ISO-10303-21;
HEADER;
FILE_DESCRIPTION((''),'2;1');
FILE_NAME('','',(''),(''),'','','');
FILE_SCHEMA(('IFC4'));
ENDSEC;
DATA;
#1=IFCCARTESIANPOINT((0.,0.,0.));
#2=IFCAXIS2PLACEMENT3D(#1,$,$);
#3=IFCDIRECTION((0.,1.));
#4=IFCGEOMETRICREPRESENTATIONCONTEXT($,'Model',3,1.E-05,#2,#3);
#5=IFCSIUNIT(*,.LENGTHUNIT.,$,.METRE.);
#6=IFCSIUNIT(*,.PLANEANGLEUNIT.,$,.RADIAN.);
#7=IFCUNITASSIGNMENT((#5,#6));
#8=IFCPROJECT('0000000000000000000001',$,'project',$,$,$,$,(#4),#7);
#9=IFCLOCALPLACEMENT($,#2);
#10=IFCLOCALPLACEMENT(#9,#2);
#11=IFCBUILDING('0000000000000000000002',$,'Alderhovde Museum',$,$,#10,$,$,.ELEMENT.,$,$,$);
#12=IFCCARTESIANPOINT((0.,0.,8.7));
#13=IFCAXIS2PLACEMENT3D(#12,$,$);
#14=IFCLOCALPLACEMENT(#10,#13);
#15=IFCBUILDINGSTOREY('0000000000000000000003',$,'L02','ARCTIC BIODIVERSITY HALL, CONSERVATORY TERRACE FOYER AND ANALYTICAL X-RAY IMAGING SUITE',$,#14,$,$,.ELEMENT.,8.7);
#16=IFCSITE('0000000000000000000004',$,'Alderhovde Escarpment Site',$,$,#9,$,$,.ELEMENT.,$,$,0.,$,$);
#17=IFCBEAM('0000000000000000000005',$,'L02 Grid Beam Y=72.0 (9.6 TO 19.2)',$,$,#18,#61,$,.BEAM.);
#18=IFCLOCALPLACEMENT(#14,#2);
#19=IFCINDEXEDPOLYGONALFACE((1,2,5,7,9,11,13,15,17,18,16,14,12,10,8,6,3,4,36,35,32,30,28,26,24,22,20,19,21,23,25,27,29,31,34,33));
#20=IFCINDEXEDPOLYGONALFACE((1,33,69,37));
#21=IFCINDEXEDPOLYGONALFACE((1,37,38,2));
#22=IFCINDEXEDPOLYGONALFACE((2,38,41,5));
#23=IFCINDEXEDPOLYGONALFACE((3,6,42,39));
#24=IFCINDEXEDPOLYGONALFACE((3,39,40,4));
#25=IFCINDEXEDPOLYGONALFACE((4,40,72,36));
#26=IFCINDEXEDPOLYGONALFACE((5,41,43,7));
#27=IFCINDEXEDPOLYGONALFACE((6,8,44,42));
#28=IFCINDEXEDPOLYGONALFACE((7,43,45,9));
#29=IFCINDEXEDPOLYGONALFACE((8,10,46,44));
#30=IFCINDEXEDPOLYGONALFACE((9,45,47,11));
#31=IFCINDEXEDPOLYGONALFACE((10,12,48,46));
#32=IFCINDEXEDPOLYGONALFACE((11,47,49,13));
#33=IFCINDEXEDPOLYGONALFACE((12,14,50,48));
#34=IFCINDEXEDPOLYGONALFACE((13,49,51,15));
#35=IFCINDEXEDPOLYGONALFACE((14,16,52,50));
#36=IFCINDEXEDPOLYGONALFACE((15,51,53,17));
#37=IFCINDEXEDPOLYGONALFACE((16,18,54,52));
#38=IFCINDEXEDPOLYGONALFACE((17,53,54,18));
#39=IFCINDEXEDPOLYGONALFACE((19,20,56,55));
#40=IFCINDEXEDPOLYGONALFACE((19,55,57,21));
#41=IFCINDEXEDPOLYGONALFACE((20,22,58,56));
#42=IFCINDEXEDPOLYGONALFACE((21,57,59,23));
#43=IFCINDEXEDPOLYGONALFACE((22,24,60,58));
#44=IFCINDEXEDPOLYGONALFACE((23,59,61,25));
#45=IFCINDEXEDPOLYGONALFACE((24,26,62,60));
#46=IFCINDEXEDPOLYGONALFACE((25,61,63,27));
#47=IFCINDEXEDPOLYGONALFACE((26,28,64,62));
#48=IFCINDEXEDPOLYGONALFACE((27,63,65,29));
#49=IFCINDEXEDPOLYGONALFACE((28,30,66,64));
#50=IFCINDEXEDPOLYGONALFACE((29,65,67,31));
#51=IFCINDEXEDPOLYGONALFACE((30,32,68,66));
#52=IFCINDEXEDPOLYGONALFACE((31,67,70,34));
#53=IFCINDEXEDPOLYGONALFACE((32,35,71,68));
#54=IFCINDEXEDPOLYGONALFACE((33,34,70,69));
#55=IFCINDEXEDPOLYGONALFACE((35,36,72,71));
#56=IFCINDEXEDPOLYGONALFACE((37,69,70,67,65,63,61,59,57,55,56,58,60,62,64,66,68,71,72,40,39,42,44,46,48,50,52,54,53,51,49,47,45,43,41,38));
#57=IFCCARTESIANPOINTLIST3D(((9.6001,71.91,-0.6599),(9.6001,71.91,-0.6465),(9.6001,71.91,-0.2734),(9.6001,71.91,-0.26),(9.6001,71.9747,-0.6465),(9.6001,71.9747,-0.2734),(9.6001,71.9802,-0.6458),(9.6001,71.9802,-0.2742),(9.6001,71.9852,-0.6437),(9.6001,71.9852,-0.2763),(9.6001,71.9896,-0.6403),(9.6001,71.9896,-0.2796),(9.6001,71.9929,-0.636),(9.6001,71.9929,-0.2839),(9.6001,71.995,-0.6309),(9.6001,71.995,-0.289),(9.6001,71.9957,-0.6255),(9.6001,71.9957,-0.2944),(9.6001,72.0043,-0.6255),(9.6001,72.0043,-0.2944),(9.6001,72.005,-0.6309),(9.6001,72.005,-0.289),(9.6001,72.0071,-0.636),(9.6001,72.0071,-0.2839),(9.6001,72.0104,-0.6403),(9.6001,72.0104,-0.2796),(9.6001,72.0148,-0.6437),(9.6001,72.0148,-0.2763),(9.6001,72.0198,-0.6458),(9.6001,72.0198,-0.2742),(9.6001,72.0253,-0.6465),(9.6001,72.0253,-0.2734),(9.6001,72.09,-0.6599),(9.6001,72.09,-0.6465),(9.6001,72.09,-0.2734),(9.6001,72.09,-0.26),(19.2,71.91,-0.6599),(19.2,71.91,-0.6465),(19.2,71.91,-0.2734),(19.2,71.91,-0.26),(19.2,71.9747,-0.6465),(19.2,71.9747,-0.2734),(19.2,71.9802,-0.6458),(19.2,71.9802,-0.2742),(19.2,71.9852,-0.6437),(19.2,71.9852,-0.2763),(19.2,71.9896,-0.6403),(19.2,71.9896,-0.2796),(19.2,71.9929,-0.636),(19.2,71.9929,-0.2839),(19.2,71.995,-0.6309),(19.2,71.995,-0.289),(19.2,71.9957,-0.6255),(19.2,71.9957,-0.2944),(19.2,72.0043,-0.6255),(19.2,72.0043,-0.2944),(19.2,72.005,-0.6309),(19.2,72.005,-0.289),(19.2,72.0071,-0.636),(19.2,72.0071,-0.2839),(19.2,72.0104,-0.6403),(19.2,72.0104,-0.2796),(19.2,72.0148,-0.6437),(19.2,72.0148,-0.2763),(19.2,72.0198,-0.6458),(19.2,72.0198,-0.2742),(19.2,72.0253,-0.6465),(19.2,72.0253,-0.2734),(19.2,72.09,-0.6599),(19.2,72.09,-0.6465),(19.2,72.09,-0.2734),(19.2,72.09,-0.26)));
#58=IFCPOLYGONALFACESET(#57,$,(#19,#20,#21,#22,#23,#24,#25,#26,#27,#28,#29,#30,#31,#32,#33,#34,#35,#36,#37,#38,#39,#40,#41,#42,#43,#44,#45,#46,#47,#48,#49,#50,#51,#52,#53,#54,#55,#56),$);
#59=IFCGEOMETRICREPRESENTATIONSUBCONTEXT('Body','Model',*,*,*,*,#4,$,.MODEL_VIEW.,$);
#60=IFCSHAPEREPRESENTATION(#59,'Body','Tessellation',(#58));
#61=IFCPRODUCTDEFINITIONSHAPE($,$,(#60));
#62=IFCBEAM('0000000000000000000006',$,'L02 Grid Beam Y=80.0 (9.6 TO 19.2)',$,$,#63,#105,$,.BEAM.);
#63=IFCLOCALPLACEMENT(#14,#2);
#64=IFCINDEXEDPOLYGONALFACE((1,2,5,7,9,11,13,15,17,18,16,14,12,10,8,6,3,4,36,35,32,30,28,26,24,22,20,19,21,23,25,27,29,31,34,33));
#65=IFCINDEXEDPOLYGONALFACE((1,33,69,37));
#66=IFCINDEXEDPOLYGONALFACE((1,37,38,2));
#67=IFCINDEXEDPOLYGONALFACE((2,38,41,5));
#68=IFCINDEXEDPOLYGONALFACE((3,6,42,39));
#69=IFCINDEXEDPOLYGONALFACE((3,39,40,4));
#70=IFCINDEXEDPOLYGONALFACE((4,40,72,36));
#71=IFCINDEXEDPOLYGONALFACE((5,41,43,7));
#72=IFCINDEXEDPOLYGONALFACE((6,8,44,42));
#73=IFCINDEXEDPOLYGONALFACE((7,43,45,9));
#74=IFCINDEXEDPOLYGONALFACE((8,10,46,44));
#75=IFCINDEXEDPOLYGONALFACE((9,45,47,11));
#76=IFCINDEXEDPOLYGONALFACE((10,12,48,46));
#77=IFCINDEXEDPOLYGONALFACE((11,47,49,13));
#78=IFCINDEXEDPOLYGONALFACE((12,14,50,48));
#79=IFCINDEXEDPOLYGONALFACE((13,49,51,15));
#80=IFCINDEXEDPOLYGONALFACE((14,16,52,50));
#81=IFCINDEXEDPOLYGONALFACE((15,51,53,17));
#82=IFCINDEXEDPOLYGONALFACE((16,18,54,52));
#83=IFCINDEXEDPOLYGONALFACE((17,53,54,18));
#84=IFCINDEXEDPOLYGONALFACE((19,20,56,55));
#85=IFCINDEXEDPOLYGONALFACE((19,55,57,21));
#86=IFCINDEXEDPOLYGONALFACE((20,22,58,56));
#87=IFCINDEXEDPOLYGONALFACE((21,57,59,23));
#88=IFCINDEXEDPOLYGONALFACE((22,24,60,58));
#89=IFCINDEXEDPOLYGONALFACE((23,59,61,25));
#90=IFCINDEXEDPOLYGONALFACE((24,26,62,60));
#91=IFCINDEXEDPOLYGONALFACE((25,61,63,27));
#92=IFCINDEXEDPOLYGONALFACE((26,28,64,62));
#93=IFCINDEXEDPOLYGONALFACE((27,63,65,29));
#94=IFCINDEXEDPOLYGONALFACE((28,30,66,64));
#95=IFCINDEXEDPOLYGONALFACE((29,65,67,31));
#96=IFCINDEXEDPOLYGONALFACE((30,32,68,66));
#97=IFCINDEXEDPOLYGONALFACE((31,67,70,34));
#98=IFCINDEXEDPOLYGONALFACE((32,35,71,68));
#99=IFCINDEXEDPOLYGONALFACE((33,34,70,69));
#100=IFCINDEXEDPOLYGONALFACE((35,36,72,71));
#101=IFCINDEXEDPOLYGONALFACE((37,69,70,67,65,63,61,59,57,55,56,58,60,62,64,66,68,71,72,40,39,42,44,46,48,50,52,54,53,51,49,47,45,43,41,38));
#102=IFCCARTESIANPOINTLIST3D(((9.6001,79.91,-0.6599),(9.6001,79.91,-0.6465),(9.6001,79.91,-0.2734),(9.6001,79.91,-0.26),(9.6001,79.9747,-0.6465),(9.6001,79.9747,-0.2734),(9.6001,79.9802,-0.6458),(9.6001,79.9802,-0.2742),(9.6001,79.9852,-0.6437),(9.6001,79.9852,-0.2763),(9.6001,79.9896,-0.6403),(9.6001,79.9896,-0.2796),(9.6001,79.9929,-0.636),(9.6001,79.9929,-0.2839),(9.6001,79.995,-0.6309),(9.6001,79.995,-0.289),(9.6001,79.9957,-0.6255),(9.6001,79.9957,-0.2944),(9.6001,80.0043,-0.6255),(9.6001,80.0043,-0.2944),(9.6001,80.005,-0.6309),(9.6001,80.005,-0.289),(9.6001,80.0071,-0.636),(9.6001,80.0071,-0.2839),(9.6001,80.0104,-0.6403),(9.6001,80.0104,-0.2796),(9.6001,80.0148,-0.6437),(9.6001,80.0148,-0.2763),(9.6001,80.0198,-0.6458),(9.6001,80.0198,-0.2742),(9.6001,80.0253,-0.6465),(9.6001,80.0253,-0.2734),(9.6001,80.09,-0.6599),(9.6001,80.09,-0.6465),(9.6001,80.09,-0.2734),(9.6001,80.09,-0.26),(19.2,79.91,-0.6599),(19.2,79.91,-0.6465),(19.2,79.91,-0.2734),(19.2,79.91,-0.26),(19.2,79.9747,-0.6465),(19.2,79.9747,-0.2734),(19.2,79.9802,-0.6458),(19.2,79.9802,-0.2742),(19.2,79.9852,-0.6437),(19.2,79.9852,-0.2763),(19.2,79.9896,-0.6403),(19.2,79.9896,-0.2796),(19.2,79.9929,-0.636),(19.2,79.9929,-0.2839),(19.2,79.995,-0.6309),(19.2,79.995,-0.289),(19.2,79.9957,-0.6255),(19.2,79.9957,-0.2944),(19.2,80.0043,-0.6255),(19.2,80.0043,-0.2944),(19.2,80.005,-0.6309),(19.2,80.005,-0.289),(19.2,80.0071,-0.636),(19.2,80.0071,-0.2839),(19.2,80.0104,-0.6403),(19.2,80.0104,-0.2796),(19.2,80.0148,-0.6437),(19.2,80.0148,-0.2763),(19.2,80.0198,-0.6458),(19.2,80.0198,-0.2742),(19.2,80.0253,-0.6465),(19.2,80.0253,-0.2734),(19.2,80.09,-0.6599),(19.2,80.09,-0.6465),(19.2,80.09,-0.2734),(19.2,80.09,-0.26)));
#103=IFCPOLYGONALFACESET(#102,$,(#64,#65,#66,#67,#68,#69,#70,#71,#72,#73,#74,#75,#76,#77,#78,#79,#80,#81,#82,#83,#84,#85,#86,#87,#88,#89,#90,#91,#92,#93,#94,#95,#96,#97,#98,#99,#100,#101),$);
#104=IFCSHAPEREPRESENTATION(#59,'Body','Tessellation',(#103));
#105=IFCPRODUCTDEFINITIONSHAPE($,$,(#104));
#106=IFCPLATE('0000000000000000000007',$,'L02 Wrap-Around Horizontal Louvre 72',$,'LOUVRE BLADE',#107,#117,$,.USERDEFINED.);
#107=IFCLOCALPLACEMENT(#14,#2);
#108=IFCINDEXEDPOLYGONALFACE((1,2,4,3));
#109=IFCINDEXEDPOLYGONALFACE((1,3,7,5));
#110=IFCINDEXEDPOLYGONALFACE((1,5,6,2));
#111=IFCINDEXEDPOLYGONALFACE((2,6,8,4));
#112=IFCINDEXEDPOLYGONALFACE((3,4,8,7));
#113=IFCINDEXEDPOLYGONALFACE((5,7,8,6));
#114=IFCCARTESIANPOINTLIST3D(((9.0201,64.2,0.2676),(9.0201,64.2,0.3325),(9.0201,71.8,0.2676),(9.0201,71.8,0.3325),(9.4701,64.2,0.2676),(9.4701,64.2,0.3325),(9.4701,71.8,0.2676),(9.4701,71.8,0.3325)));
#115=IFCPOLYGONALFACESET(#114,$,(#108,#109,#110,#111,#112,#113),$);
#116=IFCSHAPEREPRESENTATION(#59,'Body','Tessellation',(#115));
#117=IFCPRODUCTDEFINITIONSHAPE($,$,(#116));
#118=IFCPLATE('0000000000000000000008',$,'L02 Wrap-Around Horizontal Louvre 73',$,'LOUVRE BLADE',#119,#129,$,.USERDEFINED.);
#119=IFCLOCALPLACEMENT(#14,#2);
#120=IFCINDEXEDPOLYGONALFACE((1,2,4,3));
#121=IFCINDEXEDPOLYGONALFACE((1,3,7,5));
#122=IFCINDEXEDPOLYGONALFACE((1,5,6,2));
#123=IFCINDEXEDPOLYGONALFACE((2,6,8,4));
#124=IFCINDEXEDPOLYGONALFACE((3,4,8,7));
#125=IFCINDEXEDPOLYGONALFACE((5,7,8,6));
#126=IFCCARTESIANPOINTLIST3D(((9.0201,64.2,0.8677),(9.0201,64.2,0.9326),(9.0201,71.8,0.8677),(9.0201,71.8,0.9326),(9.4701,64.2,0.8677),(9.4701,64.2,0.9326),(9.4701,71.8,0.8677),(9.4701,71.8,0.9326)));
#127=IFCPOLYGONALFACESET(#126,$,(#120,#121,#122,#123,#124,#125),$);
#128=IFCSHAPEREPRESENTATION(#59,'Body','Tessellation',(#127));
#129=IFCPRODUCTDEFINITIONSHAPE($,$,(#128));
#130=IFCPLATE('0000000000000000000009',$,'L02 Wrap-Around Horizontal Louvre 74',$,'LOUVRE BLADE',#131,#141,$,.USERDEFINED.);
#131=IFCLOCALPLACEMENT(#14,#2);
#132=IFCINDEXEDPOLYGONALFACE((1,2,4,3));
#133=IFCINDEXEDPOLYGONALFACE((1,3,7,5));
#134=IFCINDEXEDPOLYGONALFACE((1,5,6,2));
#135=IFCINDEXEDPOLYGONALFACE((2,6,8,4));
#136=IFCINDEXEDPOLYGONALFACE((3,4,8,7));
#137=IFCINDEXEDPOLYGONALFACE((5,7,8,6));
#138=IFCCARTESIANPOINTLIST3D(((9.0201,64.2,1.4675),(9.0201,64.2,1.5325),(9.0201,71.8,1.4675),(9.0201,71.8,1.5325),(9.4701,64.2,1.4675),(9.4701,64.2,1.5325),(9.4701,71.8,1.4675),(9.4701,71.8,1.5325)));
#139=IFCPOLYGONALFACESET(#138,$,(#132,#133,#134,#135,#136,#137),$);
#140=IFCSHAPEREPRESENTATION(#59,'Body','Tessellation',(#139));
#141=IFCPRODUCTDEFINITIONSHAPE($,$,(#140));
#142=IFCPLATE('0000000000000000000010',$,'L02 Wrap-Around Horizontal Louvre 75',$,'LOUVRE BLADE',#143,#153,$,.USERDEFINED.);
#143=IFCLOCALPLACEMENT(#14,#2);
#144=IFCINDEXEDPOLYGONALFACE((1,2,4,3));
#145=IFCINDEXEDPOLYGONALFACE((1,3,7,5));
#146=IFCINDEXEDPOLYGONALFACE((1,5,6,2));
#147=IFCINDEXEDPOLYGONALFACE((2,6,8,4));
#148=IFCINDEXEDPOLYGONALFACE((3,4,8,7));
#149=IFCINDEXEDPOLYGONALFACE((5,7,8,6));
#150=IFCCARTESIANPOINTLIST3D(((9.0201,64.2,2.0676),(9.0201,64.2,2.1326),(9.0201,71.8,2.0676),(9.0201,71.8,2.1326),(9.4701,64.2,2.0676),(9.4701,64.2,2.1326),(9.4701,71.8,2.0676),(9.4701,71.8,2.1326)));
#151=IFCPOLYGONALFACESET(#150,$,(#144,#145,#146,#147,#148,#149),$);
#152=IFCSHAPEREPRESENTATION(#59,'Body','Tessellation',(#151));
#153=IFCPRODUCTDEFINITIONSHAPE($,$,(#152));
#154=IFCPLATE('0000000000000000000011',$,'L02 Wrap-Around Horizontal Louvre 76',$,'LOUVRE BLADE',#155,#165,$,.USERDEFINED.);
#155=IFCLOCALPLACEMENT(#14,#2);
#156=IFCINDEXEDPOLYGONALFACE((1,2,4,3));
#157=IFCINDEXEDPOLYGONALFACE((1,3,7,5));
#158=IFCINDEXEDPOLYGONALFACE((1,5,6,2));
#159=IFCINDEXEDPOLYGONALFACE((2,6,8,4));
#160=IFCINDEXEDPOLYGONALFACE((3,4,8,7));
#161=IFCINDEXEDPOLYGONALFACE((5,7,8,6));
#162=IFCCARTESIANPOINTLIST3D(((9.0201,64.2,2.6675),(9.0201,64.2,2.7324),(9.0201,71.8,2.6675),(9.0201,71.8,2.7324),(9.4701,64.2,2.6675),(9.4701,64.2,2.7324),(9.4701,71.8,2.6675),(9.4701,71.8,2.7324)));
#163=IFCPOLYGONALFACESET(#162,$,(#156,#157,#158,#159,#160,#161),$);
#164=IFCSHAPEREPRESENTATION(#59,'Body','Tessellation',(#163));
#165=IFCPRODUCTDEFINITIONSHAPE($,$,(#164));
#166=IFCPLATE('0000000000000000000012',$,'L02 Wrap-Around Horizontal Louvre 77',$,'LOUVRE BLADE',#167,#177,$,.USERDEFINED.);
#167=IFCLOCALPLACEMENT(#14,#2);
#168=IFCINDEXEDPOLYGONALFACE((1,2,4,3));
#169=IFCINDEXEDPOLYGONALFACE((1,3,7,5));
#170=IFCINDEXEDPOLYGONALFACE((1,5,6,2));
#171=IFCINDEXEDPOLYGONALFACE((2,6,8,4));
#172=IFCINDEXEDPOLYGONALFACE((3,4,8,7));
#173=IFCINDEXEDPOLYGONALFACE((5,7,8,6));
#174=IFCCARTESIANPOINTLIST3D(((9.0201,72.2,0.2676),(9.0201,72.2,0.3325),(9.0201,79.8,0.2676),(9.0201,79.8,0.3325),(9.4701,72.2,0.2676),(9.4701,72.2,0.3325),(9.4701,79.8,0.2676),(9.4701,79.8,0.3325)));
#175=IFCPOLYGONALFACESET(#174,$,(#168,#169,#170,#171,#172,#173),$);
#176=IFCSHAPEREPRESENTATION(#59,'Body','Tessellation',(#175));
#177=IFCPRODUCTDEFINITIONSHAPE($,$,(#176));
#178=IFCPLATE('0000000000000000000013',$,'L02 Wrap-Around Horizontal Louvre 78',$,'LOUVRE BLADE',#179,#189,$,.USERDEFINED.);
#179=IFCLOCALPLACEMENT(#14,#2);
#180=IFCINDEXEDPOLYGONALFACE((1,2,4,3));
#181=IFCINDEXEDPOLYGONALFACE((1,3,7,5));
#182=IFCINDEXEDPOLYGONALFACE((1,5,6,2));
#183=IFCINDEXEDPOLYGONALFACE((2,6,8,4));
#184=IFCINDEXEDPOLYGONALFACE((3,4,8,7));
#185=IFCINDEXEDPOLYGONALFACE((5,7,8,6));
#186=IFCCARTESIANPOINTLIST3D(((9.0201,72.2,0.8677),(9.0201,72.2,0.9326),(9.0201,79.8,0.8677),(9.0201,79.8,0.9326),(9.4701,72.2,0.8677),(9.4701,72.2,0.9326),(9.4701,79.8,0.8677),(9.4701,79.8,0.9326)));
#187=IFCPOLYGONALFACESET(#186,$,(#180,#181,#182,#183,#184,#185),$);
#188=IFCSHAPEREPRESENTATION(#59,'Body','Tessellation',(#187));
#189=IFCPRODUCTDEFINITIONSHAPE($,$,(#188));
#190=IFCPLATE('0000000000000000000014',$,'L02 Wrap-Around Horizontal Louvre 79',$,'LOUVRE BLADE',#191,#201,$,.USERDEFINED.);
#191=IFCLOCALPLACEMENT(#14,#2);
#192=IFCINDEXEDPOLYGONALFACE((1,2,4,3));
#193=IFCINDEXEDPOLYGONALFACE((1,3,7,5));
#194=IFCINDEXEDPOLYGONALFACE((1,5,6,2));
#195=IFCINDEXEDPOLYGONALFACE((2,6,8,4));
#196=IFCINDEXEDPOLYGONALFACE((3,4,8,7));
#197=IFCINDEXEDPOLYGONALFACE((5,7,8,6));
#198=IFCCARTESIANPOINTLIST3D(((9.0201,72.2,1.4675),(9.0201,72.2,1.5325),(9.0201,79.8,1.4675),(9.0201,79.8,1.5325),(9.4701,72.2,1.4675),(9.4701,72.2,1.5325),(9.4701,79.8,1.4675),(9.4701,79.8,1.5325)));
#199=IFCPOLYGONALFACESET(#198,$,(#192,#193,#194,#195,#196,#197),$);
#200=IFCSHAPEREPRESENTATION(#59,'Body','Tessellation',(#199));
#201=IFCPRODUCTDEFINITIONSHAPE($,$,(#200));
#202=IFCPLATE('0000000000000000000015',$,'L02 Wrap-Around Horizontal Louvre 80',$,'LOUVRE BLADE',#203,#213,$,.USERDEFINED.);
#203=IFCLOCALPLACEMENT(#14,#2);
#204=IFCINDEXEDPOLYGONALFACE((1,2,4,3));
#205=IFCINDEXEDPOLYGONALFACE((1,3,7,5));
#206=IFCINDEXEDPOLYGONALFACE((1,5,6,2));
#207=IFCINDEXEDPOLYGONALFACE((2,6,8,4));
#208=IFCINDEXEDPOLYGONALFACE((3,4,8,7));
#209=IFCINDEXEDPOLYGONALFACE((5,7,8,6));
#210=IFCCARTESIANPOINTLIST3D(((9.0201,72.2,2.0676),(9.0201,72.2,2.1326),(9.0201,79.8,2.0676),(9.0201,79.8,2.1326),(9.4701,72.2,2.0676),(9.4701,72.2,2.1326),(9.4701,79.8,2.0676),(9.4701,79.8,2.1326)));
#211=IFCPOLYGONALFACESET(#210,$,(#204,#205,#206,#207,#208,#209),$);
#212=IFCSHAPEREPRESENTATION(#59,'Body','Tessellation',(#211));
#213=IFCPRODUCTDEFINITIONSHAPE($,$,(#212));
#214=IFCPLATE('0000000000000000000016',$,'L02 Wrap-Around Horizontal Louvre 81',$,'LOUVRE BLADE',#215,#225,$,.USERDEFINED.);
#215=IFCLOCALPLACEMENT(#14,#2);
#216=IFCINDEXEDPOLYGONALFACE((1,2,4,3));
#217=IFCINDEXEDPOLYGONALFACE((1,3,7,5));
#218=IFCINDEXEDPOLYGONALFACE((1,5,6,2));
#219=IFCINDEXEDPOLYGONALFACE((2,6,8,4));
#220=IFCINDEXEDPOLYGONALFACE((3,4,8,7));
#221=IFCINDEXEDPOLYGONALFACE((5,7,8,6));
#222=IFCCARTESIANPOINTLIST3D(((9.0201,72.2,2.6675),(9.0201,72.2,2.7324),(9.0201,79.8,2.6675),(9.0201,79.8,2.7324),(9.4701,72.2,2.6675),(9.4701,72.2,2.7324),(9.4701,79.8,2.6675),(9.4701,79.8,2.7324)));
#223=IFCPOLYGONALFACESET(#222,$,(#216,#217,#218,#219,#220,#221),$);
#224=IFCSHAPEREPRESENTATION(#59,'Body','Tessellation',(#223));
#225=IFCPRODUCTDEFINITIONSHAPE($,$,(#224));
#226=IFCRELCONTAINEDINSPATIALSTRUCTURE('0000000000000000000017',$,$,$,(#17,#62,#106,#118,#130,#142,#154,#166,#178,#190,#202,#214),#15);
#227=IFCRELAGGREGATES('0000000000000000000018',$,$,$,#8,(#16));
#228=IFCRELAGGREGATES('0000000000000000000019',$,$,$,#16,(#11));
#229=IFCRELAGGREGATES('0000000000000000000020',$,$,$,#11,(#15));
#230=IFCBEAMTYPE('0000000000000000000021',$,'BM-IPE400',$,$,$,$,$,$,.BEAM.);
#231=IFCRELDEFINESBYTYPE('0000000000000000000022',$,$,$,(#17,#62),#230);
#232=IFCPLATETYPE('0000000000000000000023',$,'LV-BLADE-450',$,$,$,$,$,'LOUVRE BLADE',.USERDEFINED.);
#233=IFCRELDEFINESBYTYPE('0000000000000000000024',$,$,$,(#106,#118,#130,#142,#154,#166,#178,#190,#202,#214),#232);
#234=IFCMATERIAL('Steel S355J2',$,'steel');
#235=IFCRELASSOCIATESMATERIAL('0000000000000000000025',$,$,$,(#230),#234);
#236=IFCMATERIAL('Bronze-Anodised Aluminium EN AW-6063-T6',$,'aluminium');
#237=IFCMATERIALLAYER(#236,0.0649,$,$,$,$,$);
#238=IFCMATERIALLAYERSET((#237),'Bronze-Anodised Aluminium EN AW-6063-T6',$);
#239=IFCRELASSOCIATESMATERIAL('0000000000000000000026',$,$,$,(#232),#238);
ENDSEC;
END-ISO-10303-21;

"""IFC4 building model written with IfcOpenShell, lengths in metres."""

from ifc_helpers import new_model, si_unit, direction, frame, origin, origin_2d, place, context, subcontext, project, spatial, rectangle, i_section, extrude, material, layer, layer_set, material_profile, profile_set, type_object, element, save


model = new_model("IFC4")

# Units and contexts
model_context = context("Model", 3, precision=1e-05, world=origin(), true_north=direction((0.0, 1.0)))
body_context = subcontext(model_context, "Body", "Model", "MODEL_VIEW")
ifc_project = project(units=[si_unit("LENGTHUNIT", "METRE"), si_unit("PLANEANGLEUNIT", "RADIAN")], contexts=[model_context])

# Site, building, storey
site_placement = place(None, origin())
site = spatial("IfcSite", under=ifc_project, at=site_placement, Name="Alderhovde Escarpment Site", CompositionType="ELEMENT", RefElevation=0.0)
building_placement = place(site_placement, origin())
building = spatial("IfcBuilding", under=site, at=building_placement, Name="Alderhovde Museum", CompositionType="ELEMENT")
storey_placement = place(building_placement, frame((0.0, 0.0, 8.7)))
storey = spatial("IfcBuildingStorey", under=building, at=storey_placement, Name="L02", Description="ARCTIC BIODIVERSITY HALL, CONSERVATORY TERRACE FOYER AND ANALYTICAL X-RAY IMAGING SUITE", CompositionType="ELEMENT", Elevation=8.7)

# Beams
ifc_material_1 = material(Name="Steel S355J2", Category="steel")
ifc_material_profile_1 = material_profile(ifc_material_1, i_section(OverallWidth=0.1799, OverallDepth=0.3999, WebThickness=0.0085, FlangeThickness=0.0134, FilletRadius=0.021, at=origin_2d()), Name="IPE 400")
ifc_profile_set_1 = profile_set([ifc_material_profile_1], Name="Steel S355J2")
beam_type_1 = type_object("IfcBeamType", Name="BM-IPE400", PredefinedType="BEAM", material=ifc_profile_set_1)
for number, where, z_axis, x_axis, name in (
    (1, (9.6001, 72.0, -0.46), (1.0, 0.0, 0.0), (0.0, 1.0, 0.0), "L02 Grid Beam Y=72.0 (9.6 TO 19.2)"),
    (2, (9.6001, 80.0, -0.46), (1.0, 0.0, 0.0), (0.0, 1.0, 0.0), "L02 Grid Beam Y=80.0 (9.6 TO 19.2)"),
):
    element("IfcBeam", number, at=place(storey_placement, frame(where, z_axis=z_axis, x_axis=x_axis)), inside=storey, type_object=beam_type_1, Name=name, PredefinedType="BEAM", context=body_context, shape_type="SweptSolid", body=[
        extrude(i_section(OverallWidth=0.1799, OverallDepth=0.3999, WebThickness=0.0085, FlangeThickness=0.0134, FilletRadius=0.021, at=origin_2d()), origin(), (0.0, 0.0, 1.0), 9.5999),
    ])

# Plates
ifc_material_2 = material(Name="Bronze-Anodised Aluminium EN AW-6063-T6", Category="aluminium")
ifc_layer_1 = layer(ifc_material_2, 0.0649)
ifc_layer_set_1 = layer_set([ifc_layer_1], Name="Bronze-Anodised Aluminium EN AW-6063-T6")
plate_type_1 = type_object("IfcPlateType", Name="LV-BLADE-450", ElementType="LOUVRE BLADE", PredefinedType="USERDEFINED", material=ifc_layer_set_1)
for number, where, z_axis, x_axis, name in (
    (3, (9.2451, 68.0, 0.2676), (0.0, 0.0, 1.0), (0.0, 1.0, 0.0), "L02 Wrap-Around Horizontal Louvre 72"),
    (4, (9.2451, 68.0, 0.8677), (0.0, 0.0, 1.0), (0.0, 1.0, 0.0), "L02 Wrap-Around Horizontal Louvre 73"),
    (5, (9.2451, 68.0, 1.4675), (0.0, 0.0, 1.0), (0.0, 1.0, 0.0), "L02 Wrap-Around Horizontal Louvre 74"),
    (6, (9.2451, 68.0, 2.0676), (0.0, 0.0, 1.0), (0.0, 1.0, 0.0), "L02 Wrap-Around Horizontal Louvre 75"),
    (7, (9.2451, 68.0, 2.6675), (0.0, 0.0, 1.0), (0.0, 1.0, 0.0), "L02 Wrap-Around Horizontal Louvre 76"),
    (8, (9.2451, 76.0, 0.2676), (0.0, 0.0, 1.0), (0.0, 1.0, 0.0), "L02 Wrap-Around Horizontal Louvre 77"),
    (9, (9.2451, 76.0, 0.8677), (0.0, 0.0, 1.0), (0.0, 1.0, 0.0), "L02 Wrap-Around Horizontal Louvre 78"),
    (10, (9.2451, 76.0, 1.4675), (0.0, 0.0, 1.0), (0.0, 1.0, 0.0), "L02 Wrap-Around Horizontal Louvre 79"),
    (11, (9.2451, 76.0, 2.0676), (0.0, 0.0, 1.0), (0.0, 1.0, 0.0), "L02 Wrap-Around Horizontal Louvre 80"),
    (12, (9.2451, 76.0, 2.6675), (0.0, 0.0, 1.0), (0.0, 1.0, 0.0), "L02 Wrap-Around Horizontal Louvre 81"),
):
    element("IfcPlate", number, at=place(storey_placement, frame(where, z_axis=z_axis, x_axis=x_axis)), inside=storey, type_object=plate_type_1, Name=name, ObjectType="LOUVRE BLADE", PredefinedType="USERDEFINED", context=body_context, shape_type="SweptSolid", body=[
        extrude(rectangle(XDim=7.6001, YDim=0.45, at=origin_2d()), origin(), (0.0, 0.0, 1.0), 0.0649),
    ])

save(model, "model.ifc")
